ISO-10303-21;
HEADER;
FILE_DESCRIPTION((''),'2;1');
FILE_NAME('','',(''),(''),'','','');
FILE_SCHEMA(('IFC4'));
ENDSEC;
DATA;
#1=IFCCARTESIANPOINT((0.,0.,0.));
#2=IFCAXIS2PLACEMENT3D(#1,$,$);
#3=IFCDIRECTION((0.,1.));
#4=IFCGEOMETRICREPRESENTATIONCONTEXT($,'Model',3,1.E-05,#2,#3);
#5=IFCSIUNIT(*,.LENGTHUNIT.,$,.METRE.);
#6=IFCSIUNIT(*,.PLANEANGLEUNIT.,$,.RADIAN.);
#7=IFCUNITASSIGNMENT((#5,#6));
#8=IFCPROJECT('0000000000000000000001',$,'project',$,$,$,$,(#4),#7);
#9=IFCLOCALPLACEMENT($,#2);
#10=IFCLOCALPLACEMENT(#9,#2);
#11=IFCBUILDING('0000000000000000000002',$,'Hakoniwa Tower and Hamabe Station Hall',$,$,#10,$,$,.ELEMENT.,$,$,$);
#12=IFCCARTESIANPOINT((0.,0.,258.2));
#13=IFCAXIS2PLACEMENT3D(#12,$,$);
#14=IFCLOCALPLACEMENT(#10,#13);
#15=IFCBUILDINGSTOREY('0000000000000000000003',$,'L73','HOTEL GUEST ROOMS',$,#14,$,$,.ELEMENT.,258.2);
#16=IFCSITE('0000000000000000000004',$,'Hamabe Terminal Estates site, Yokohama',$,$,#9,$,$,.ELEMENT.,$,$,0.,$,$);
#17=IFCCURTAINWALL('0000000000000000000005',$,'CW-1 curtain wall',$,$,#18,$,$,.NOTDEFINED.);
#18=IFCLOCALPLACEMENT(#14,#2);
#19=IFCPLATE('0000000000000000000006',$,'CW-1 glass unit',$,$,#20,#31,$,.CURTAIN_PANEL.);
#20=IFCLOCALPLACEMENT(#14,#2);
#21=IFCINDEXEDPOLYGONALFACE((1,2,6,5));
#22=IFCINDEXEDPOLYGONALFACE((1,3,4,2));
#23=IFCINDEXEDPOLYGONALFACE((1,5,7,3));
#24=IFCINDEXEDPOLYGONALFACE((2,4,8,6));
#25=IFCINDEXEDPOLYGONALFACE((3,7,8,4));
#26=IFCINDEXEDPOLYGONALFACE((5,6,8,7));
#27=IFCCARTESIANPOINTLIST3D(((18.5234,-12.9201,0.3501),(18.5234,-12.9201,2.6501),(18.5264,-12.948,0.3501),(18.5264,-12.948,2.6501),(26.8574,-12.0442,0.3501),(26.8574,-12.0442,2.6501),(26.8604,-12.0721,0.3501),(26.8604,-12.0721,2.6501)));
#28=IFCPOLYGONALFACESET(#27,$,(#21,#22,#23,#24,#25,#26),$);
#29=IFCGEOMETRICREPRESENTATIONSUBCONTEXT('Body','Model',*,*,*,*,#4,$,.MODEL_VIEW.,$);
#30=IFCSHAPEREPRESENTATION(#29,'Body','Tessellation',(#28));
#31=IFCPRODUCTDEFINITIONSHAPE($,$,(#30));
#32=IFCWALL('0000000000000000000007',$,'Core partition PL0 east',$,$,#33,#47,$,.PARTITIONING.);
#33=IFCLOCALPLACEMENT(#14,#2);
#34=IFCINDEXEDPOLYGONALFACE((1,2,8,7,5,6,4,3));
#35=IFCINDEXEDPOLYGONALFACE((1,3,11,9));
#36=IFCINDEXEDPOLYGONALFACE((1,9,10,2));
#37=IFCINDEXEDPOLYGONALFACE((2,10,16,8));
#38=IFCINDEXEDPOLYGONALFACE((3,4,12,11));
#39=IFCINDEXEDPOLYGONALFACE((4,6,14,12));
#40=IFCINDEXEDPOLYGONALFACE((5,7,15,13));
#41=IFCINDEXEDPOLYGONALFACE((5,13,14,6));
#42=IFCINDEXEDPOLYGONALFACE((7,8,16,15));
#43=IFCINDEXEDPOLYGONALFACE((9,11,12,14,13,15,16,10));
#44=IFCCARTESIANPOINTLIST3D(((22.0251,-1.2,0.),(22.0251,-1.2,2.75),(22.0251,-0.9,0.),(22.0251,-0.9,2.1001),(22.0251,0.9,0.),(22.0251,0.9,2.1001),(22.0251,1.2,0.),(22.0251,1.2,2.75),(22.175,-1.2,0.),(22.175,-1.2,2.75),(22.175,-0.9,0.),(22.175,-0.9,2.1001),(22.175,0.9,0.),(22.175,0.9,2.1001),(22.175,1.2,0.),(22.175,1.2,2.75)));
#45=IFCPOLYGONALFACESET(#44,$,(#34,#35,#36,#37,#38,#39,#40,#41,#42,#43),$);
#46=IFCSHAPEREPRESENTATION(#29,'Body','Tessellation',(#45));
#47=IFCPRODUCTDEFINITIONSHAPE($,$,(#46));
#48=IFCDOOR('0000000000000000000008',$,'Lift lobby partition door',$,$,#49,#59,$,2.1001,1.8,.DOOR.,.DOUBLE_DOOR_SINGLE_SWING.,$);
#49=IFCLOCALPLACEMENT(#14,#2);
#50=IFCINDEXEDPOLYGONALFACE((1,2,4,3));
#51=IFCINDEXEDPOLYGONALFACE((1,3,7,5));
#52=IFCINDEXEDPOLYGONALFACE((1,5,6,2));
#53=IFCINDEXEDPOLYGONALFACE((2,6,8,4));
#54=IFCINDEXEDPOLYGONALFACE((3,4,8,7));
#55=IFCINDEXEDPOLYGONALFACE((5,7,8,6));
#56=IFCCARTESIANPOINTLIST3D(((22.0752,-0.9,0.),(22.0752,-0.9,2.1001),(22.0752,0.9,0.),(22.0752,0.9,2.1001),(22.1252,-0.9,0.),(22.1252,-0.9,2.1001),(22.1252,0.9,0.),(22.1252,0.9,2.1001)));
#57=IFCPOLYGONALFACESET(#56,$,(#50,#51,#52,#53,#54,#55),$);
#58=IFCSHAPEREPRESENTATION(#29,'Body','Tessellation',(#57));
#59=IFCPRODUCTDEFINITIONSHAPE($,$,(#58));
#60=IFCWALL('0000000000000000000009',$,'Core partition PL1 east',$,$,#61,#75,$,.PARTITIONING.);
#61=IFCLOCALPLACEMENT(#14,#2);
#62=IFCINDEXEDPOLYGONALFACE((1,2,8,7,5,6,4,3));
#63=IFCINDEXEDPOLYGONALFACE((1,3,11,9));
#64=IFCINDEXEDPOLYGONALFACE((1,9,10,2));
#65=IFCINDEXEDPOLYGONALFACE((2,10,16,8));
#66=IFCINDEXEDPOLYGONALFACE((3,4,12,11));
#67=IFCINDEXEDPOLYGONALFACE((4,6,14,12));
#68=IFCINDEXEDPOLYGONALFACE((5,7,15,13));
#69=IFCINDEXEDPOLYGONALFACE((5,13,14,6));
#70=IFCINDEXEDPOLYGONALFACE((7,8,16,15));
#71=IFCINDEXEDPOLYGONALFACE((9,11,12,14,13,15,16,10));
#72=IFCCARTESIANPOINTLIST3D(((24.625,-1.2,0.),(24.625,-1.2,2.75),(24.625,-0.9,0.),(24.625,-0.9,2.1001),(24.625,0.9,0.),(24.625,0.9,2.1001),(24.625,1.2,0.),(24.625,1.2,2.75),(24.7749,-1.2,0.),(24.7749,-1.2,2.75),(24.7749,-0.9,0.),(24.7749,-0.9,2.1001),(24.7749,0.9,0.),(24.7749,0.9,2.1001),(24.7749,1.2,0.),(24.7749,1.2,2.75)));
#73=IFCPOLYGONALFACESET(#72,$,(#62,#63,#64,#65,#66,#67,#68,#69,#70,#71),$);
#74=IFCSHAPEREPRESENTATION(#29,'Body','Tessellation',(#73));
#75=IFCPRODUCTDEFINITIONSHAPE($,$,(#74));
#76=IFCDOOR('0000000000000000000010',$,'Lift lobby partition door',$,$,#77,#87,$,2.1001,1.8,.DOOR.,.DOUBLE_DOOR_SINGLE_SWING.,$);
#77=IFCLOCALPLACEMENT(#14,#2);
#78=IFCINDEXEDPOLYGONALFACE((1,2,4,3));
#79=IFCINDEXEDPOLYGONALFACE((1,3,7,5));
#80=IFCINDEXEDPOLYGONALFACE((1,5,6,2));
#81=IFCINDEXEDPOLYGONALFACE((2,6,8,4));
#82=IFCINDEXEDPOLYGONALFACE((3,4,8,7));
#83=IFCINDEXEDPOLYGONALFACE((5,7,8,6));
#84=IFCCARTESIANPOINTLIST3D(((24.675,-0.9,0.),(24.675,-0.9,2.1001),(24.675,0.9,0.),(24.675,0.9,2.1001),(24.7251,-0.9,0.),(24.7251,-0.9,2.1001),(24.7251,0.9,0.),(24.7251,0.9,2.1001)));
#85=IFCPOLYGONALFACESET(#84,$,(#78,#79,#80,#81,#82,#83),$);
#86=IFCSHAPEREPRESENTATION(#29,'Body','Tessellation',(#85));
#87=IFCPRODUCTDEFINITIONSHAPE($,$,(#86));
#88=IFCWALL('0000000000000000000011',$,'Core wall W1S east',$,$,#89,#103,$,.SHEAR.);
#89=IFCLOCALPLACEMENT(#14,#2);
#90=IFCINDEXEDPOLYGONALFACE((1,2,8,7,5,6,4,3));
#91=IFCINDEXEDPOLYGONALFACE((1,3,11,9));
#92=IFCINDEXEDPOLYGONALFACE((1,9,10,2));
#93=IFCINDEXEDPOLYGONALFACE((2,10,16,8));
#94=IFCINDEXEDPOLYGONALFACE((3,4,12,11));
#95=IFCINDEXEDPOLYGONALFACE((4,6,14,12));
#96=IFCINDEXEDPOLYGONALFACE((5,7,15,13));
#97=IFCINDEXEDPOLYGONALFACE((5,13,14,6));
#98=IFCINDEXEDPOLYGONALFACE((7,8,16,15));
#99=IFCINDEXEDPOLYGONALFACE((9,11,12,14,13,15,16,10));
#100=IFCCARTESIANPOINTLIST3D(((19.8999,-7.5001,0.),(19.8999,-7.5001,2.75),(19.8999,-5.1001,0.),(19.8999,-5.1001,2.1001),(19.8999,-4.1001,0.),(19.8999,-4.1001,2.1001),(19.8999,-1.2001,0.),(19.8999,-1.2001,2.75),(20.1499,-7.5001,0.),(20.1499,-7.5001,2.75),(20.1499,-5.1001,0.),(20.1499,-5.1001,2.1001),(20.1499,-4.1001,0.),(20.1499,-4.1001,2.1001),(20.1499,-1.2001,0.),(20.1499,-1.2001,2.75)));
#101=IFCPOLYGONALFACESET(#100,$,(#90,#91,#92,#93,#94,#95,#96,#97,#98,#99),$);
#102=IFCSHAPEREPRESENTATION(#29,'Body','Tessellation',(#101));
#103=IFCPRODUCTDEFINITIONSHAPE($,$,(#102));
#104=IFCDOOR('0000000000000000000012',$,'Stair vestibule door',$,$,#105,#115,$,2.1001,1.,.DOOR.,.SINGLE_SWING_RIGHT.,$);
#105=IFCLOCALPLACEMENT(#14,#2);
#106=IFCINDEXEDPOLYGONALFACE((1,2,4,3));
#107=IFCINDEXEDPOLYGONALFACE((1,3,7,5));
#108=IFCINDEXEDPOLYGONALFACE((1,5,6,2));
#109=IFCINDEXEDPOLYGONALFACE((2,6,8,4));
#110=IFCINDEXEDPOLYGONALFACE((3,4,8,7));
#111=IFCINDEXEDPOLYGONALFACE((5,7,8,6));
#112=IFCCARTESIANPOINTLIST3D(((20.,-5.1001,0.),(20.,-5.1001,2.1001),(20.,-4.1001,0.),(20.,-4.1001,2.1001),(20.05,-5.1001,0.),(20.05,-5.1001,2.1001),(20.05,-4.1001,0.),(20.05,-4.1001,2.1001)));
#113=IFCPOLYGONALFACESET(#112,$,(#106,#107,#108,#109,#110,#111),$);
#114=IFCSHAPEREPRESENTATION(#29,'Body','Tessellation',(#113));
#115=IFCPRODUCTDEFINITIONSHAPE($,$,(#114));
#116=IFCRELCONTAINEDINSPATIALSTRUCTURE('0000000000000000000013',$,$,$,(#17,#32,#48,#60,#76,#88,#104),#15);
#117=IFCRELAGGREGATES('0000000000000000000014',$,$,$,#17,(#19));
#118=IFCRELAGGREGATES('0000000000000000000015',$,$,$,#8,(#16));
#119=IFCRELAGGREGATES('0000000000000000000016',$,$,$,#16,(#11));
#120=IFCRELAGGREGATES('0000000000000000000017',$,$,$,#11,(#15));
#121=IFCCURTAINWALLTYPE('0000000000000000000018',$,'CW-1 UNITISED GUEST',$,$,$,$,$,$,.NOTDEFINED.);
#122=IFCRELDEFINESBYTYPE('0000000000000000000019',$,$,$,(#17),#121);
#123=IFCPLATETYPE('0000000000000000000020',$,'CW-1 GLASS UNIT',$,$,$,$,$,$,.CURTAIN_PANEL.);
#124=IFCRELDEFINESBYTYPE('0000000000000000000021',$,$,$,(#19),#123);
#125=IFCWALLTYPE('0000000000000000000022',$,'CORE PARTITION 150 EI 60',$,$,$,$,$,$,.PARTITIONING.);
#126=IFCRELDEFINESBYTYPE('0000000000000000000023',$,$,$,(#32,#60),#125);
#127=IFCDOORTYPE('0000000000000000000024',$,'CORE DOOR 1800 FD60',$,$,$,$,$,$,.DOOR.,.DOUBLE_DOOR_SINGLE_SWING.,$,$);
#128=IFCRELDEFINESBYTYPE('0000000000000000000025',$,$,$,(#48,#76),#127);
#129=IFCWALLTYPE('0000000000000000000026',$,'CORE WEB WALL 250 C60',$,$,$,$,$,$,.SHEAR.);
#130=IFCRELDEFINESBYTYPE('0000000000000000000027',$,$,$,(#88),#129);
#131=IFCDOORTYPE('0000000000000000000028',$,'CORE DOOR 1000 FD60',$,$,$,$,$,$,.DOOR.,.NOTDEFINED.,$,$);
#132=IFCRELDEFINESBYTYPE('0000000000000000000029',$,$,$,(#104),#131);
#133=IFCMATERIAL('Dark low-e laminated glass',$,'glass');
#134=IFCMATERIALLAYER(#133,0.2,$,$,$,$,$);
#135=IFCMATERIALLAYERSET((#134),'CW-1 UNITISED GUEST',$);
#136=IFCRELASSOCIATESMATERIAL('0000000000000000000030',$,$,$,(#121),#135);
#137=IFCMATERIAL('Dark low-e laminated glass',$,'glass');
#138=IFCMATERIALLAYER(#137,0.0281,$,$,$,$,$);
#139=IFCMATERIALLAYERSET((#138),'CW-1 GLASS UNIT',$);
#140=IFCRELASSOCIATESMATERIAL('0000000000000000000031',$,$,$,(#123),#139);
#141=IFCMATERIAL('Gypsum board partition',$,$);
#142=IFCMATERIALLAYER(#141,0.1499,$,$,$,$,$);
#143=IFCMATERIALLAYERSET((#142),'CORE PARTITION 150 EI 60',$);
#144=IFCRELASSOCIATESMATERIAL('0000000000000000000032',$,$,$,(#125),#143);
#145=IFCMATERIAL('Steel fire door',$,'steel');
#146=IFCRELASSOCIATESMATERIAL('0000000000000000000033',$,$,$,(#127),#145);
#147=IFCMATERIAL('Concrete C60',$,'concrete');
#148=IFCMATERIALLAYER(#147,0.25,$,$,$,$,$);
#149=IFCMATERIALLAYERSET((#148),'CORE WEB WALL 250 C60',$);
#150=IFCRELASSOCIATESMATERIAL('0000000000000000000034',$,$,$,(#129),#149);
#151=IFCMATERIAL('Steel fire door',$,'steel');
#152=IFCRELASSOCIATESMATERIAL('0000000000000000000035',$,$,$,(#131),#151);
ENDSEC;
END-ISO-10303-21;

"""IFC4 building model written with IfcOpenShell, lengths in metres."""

from ifc_helpers import new_model, si_unit, direction, frame, frame_2d, origin, origin_2d, place, context, subcontext, project, spatial, rectangle, extrude, material, layer, layer_set, type_object, element, fill, aggregate, save


model = new_model("IFC4")

# Units and contexts
model_context = context("Model", 3, precision=1e-05, world=origin(), true_north=direction((0.0, 1.0)))
body_context = subcontext(model_context, "Body", "Model", "MODEL_VIEW")
ifc_project = project(units=[si_unit("LENGTHUNIT", "METRE"), si_unit("PLANEANGLEUNIT", "RADIAN")], contexts=[model_context])

# Site, building, storey
site_placement = place(None, origin())
site = spatial("IfcSite", under=ifc_project, at=site_placement, Name="Hamabe Terminal Estates site, Yokohama", CompositionType="ELEMENT", RefElevation=0.0)
building_placement = place(site_placement, origin())
building = spatial("IfcBuilding", under=site, at=building_placement, Name="Hakoniwa Tower and Hamabe Station Hall", CompositionType="ELEMENT")
storey_placement = place(building_placement, frame((0.0, 0.0, 258.2)))
storey = spatial("IfcBuildingStorey", under=building, at=storey_placement, Name="L73", Description="HOTEL GUEST ROOMS", CompositionType="ELEMENT", Elevation=258.2)

# Curtain wall, plate
ifc_material_1 = material(Name="Dark low-e laminated glass", Category="glass")
ifc_layer_1 = layer(ifc_material_1, 0.2)
ifc_layer_set_1 = layer_set([ifc_layer_1], Name="CW-1 UNITISED GUEST")
curtain_wall_type = type_object("IfcCurtainWallType", Name="CW-1 UNITISED GUEST", PredefinedType="NOTDEFINED", material=ifc_layer_set_1)
curtain_wall_placement = place(storey_placement, origin())
curtain_wall = element("IfcCurtainWall", 1, at=curtain_wall_placement, inside=storey, type_object=curtain_wall_type, Name="CW-1 curtain wall", PredefinedType="NOTDEFINED")
ifc_material_2 = material(Name="Dark low-e laminated glass", Category="glass")
ifc_layer_2 = layer(ifc_material_2, 0.0281)
ifc_layer_set_2 = layer_set([ifc_layer_2], Name="CW-1 GLASS UNIT")
plate_type = type_object("IfcPlateType", Name="CW-1 GLASS UNIT", PredefinedType="CURTAIN_PANEL", material=ifc_layer_set_2)
plate_placement = place(storey_placement, frame((22.6919, -12.4961, 0.3501), z_axis=(0.0, 0.0, 1.0), x_axis=(0.994522, 0.104528, 0.0)))
plate = element("IfcPlate", 2, at=plate_placement, type_object=plate_type, Name="CW-1 glass unit", PredefinedType="CURTAIN_PANEL", context=body_context, shape_type="SweptSolid", body=[
    extrude(rectangle(XDim=8.3799, YDim=0.0281, at=origin_2d()), origin(), (0.0, 0.0, 1.0), 2.3),
])
aggregate(curtain_wall, [plate])

# Walls, openings, doors
ifc_material_3 = material(Name="Gypsum board partition")
ifc_layer_3 = layer(ifc_material_3, 0.1499)
ifc_layer_set_3 = layer_set([ifc_layer_3], Name="CORE PARTITION 150 EI 60")
wall_type_1 = type_object("IfcWallType", Name="CORE PARTITION 150 EI 60", PredefinedType="PARTITIONING", material=ifc_layer_set_3)
wall_1_placement = place(storey_placement, frame((22.1001, -1.2, 0.0), z_axis=(0.0, 0.0, 1.0), x_axis=(0.0, 1.0, 0.0)))
wall_1 = element("IfcWall", 3, at=wall_1_placement, inside=storey, type_object=wall_type_1, Name="Core partition PL0 east", PredefinedType="PARTITIONING", context=body_context, shape_type="SweptSolid", body=[
    extrude(rectangle(XDim=2.3999, YDim=0.1499, at=frame_2d((1.2, 0.0))), origin(), (0.0, 0.0, 1.0), 2.75),
])
opening_1_placement = place(wall_1_placement, frame((0.3, 0.0, 0.0)))
opening_1 = element("IfcOpeningElement", 4, at=opening_1_placement, cuts=wall_1, PredefinedType="OPENING", context=body_context, shape_type="SweptSolid", body=[
    extrude(rectangle(XDim=1.8, YDim=2.1001, at=frame_2d((0.8999, 1.05))), frame((0.0, 0.085, 0.0), z_axis=(0.0, -1.0, 0.0), x_axis=(1.0, 0.0, 0.0)), (0.0, 0.0, 1.0), 0.1699),
])
ifc_material_4 = material(Name="Steel fire door", Category="steel")
door_type_1 = type_object("IfcDoorType", Name="CORE DOOR 1800 FD60", OperationType="DOUBLE_DOOR_SINGLE_SWING", PredefinedType="DOOR", material=ifc_material_4)
door_1_placement = place(opening_1_placement, origin())
door_1 = element("IfcDoor", 5, at=door_1_placement, inside=storey, type_object=door_type_1, Name="Lift lobby partition door", OperationType="DOUBLE_DOOR_SINGLE_SWING", OverallHeight=2.1001, OverallWidth=1.8, PredefinedType="DOOR", context=body_context, shape_type="SweptSolid", body=[
    extrude(rectangle(XDim=1.8, YDim=2.1001, at=frame_2d((0.8999, 1.05))), frame((0.0, 0.0249, 0.0), z_axis=(0.0, -1.0, 0.0), x_axis=(1.0, 0.0, 0.0)), (0.0, 0.0, 1.0), 0.05),
])
fill(opening_1, door_1)
wall_2_placement = place(storey_placement, frame((24.7, -1.2, 0.0), z_axis=(0.0, 0.0, 1.0), x_axis=(0.0, 1.0, 0.0)))
wall_2 = element("IfcWall", 6, at=wall_2_placement, inside=storey, type_object=wall_type_1, Name="Core partition PL1 east", PredefinedType="PARTITIONING", context=body_context, shape_type="SweptSolid", body=[
    extrude(rectangle(XDim=2.3999, YDim=0.1499, at=frame_2d((1.2, 0.0))), origin(), (0.0, 0.0, 1.0), 2.75),
])
opening_2_placement = place(wall_2_placement, frame((0.3, 0.0, 0.0)))
opening_2 = element("IfcOpeningElement", 7, at=opening_2_placement, cuts=wall_2, PredefinedType="OPENING", context=body_context, shape_type="SweptSolid", body=[
    extrude(rectangle(XDim=1.8, YDim=2.1001, at=frame_2d((0.8999, 1.05))), frame((0.0, 0.085, 0.0), z_axis=(0.0, -1.0, 0.0), x_axis=(1.0, 0.0, 0.0)), (0.0, 0.0, 1.0), 0.1699),
])
door_2_placement = place(opening_2_placement, origin())
door_2 = element("IfcDoor", 8, at=door_2_placement, inside=storey, type_object=door_type_1, Name="Lift lobby partition door", OperationType="DOUBLE_DOOR_SINGLE_SWING", OverallHeight=2.1001, OverallWidth=1.8, PredefinedType="DOOR", context=body_context, shape_type="SweptSolid", body=[
    extrude(rectangle(XDim=1.8, YDim=2.1001, at=frame_2d((0.8999, 1.05))), frame((0.0, 0.0249, 0.0), z_axis=(0.0, -1.0, 0.0), x_axis=(1.0, 0.0, 0.0)), (0.0, 0.0, 1.0), 0.05),
])
fill(opening_2, door_2)
ifc_material_5 = material(Name="Concrete C60", Category="concrete")
ifc_layer_4 = layer(ifc_material_5, 0.25)
ifc_layer_set_4 = layer_set([ifc_layer_4], Name="CORE WEB WALL 250 C60")
wall_type_2 = type_object("IfcWallType", Name="CORE WEB WALL 250 C60", PredefinedType="SHEAR", material=ifc_layer_set_4)
wall_3_placement = place(storey_placement, frame((20.0249, -7.5, 0.0), z_axis=(0.0, 0.0, 1.0), x_axis=(0.0, 1.0, 0.0)))
wall_3 = element("IfcWall", 9, at=wall_3_placement, inside=storey, type_object=wall_type_2, Name="Core wall W1S east", PredefinedType="SHEAR", context=body_context, shape_type="SweptSolid", body=[
    extrude(rectangle(XDim=6.3, YDim=0.25, at=frame_2d((3.1499, 0.0))), origin(), (0.0, 0.0, 1.0), 2.75),
])
opening_3_placement = place(wall_3_placement, frame((2.3999, 0.0, 0.0)))
opening_3 = element("IfcOpeningElement", 10, at=opening_3_placement, cuts=wall_3, PredefinedType="OPENING", context=body_context, shape_type="SweptSolid", body=[
    extrude(rectangle(XDim=1.0, YDim=2.1001, at=frame_2d((0.5, 1.05))), frame((0.0, 0.135, 0.0), z_axis=(0.0, -1.0, 0.0), x_axis=(1.0, 0.0, 0.0)), (0.0, 0.0, 1.0), 0.27),
])
ifc_material_6 = material(Name="Steel fire door", Category="steel")
door_type_2 = type_object("IfcDoorType", Name="CORE DOOR 1000 FD60", OperationType="NOTDEFINED", PredefinedType="DOOR", material=ifc_material_6)
door_3_placement = place(opening_3_placement, origin())
door_3 = element("IfcDoor", 11, at=door_3_placement, inside=storey, type_object=door_type_2, Name="Stair vestibule door", OperationType="SINGLE_SWING_RIGHT", OverallHeight=2.1001, OverallWidth=1.0, PredefinedType="DOOR", context=body_context, shape_type="SweptSolid", body=[
    extrude(rectangle(XDim=1.0, YDim=2.1001, at=frame_2d((0.5, 1.05))), frame((0.0, 0.0249, 0.0), z_axis=(0.0, -1.0, 0.0), x_axis=(1.0, 0.0, 0.0)), (0.0, 0.0, 1.0), 0.05),
])
fill(opening_3, door_3)

save(model, "model.ifc")
